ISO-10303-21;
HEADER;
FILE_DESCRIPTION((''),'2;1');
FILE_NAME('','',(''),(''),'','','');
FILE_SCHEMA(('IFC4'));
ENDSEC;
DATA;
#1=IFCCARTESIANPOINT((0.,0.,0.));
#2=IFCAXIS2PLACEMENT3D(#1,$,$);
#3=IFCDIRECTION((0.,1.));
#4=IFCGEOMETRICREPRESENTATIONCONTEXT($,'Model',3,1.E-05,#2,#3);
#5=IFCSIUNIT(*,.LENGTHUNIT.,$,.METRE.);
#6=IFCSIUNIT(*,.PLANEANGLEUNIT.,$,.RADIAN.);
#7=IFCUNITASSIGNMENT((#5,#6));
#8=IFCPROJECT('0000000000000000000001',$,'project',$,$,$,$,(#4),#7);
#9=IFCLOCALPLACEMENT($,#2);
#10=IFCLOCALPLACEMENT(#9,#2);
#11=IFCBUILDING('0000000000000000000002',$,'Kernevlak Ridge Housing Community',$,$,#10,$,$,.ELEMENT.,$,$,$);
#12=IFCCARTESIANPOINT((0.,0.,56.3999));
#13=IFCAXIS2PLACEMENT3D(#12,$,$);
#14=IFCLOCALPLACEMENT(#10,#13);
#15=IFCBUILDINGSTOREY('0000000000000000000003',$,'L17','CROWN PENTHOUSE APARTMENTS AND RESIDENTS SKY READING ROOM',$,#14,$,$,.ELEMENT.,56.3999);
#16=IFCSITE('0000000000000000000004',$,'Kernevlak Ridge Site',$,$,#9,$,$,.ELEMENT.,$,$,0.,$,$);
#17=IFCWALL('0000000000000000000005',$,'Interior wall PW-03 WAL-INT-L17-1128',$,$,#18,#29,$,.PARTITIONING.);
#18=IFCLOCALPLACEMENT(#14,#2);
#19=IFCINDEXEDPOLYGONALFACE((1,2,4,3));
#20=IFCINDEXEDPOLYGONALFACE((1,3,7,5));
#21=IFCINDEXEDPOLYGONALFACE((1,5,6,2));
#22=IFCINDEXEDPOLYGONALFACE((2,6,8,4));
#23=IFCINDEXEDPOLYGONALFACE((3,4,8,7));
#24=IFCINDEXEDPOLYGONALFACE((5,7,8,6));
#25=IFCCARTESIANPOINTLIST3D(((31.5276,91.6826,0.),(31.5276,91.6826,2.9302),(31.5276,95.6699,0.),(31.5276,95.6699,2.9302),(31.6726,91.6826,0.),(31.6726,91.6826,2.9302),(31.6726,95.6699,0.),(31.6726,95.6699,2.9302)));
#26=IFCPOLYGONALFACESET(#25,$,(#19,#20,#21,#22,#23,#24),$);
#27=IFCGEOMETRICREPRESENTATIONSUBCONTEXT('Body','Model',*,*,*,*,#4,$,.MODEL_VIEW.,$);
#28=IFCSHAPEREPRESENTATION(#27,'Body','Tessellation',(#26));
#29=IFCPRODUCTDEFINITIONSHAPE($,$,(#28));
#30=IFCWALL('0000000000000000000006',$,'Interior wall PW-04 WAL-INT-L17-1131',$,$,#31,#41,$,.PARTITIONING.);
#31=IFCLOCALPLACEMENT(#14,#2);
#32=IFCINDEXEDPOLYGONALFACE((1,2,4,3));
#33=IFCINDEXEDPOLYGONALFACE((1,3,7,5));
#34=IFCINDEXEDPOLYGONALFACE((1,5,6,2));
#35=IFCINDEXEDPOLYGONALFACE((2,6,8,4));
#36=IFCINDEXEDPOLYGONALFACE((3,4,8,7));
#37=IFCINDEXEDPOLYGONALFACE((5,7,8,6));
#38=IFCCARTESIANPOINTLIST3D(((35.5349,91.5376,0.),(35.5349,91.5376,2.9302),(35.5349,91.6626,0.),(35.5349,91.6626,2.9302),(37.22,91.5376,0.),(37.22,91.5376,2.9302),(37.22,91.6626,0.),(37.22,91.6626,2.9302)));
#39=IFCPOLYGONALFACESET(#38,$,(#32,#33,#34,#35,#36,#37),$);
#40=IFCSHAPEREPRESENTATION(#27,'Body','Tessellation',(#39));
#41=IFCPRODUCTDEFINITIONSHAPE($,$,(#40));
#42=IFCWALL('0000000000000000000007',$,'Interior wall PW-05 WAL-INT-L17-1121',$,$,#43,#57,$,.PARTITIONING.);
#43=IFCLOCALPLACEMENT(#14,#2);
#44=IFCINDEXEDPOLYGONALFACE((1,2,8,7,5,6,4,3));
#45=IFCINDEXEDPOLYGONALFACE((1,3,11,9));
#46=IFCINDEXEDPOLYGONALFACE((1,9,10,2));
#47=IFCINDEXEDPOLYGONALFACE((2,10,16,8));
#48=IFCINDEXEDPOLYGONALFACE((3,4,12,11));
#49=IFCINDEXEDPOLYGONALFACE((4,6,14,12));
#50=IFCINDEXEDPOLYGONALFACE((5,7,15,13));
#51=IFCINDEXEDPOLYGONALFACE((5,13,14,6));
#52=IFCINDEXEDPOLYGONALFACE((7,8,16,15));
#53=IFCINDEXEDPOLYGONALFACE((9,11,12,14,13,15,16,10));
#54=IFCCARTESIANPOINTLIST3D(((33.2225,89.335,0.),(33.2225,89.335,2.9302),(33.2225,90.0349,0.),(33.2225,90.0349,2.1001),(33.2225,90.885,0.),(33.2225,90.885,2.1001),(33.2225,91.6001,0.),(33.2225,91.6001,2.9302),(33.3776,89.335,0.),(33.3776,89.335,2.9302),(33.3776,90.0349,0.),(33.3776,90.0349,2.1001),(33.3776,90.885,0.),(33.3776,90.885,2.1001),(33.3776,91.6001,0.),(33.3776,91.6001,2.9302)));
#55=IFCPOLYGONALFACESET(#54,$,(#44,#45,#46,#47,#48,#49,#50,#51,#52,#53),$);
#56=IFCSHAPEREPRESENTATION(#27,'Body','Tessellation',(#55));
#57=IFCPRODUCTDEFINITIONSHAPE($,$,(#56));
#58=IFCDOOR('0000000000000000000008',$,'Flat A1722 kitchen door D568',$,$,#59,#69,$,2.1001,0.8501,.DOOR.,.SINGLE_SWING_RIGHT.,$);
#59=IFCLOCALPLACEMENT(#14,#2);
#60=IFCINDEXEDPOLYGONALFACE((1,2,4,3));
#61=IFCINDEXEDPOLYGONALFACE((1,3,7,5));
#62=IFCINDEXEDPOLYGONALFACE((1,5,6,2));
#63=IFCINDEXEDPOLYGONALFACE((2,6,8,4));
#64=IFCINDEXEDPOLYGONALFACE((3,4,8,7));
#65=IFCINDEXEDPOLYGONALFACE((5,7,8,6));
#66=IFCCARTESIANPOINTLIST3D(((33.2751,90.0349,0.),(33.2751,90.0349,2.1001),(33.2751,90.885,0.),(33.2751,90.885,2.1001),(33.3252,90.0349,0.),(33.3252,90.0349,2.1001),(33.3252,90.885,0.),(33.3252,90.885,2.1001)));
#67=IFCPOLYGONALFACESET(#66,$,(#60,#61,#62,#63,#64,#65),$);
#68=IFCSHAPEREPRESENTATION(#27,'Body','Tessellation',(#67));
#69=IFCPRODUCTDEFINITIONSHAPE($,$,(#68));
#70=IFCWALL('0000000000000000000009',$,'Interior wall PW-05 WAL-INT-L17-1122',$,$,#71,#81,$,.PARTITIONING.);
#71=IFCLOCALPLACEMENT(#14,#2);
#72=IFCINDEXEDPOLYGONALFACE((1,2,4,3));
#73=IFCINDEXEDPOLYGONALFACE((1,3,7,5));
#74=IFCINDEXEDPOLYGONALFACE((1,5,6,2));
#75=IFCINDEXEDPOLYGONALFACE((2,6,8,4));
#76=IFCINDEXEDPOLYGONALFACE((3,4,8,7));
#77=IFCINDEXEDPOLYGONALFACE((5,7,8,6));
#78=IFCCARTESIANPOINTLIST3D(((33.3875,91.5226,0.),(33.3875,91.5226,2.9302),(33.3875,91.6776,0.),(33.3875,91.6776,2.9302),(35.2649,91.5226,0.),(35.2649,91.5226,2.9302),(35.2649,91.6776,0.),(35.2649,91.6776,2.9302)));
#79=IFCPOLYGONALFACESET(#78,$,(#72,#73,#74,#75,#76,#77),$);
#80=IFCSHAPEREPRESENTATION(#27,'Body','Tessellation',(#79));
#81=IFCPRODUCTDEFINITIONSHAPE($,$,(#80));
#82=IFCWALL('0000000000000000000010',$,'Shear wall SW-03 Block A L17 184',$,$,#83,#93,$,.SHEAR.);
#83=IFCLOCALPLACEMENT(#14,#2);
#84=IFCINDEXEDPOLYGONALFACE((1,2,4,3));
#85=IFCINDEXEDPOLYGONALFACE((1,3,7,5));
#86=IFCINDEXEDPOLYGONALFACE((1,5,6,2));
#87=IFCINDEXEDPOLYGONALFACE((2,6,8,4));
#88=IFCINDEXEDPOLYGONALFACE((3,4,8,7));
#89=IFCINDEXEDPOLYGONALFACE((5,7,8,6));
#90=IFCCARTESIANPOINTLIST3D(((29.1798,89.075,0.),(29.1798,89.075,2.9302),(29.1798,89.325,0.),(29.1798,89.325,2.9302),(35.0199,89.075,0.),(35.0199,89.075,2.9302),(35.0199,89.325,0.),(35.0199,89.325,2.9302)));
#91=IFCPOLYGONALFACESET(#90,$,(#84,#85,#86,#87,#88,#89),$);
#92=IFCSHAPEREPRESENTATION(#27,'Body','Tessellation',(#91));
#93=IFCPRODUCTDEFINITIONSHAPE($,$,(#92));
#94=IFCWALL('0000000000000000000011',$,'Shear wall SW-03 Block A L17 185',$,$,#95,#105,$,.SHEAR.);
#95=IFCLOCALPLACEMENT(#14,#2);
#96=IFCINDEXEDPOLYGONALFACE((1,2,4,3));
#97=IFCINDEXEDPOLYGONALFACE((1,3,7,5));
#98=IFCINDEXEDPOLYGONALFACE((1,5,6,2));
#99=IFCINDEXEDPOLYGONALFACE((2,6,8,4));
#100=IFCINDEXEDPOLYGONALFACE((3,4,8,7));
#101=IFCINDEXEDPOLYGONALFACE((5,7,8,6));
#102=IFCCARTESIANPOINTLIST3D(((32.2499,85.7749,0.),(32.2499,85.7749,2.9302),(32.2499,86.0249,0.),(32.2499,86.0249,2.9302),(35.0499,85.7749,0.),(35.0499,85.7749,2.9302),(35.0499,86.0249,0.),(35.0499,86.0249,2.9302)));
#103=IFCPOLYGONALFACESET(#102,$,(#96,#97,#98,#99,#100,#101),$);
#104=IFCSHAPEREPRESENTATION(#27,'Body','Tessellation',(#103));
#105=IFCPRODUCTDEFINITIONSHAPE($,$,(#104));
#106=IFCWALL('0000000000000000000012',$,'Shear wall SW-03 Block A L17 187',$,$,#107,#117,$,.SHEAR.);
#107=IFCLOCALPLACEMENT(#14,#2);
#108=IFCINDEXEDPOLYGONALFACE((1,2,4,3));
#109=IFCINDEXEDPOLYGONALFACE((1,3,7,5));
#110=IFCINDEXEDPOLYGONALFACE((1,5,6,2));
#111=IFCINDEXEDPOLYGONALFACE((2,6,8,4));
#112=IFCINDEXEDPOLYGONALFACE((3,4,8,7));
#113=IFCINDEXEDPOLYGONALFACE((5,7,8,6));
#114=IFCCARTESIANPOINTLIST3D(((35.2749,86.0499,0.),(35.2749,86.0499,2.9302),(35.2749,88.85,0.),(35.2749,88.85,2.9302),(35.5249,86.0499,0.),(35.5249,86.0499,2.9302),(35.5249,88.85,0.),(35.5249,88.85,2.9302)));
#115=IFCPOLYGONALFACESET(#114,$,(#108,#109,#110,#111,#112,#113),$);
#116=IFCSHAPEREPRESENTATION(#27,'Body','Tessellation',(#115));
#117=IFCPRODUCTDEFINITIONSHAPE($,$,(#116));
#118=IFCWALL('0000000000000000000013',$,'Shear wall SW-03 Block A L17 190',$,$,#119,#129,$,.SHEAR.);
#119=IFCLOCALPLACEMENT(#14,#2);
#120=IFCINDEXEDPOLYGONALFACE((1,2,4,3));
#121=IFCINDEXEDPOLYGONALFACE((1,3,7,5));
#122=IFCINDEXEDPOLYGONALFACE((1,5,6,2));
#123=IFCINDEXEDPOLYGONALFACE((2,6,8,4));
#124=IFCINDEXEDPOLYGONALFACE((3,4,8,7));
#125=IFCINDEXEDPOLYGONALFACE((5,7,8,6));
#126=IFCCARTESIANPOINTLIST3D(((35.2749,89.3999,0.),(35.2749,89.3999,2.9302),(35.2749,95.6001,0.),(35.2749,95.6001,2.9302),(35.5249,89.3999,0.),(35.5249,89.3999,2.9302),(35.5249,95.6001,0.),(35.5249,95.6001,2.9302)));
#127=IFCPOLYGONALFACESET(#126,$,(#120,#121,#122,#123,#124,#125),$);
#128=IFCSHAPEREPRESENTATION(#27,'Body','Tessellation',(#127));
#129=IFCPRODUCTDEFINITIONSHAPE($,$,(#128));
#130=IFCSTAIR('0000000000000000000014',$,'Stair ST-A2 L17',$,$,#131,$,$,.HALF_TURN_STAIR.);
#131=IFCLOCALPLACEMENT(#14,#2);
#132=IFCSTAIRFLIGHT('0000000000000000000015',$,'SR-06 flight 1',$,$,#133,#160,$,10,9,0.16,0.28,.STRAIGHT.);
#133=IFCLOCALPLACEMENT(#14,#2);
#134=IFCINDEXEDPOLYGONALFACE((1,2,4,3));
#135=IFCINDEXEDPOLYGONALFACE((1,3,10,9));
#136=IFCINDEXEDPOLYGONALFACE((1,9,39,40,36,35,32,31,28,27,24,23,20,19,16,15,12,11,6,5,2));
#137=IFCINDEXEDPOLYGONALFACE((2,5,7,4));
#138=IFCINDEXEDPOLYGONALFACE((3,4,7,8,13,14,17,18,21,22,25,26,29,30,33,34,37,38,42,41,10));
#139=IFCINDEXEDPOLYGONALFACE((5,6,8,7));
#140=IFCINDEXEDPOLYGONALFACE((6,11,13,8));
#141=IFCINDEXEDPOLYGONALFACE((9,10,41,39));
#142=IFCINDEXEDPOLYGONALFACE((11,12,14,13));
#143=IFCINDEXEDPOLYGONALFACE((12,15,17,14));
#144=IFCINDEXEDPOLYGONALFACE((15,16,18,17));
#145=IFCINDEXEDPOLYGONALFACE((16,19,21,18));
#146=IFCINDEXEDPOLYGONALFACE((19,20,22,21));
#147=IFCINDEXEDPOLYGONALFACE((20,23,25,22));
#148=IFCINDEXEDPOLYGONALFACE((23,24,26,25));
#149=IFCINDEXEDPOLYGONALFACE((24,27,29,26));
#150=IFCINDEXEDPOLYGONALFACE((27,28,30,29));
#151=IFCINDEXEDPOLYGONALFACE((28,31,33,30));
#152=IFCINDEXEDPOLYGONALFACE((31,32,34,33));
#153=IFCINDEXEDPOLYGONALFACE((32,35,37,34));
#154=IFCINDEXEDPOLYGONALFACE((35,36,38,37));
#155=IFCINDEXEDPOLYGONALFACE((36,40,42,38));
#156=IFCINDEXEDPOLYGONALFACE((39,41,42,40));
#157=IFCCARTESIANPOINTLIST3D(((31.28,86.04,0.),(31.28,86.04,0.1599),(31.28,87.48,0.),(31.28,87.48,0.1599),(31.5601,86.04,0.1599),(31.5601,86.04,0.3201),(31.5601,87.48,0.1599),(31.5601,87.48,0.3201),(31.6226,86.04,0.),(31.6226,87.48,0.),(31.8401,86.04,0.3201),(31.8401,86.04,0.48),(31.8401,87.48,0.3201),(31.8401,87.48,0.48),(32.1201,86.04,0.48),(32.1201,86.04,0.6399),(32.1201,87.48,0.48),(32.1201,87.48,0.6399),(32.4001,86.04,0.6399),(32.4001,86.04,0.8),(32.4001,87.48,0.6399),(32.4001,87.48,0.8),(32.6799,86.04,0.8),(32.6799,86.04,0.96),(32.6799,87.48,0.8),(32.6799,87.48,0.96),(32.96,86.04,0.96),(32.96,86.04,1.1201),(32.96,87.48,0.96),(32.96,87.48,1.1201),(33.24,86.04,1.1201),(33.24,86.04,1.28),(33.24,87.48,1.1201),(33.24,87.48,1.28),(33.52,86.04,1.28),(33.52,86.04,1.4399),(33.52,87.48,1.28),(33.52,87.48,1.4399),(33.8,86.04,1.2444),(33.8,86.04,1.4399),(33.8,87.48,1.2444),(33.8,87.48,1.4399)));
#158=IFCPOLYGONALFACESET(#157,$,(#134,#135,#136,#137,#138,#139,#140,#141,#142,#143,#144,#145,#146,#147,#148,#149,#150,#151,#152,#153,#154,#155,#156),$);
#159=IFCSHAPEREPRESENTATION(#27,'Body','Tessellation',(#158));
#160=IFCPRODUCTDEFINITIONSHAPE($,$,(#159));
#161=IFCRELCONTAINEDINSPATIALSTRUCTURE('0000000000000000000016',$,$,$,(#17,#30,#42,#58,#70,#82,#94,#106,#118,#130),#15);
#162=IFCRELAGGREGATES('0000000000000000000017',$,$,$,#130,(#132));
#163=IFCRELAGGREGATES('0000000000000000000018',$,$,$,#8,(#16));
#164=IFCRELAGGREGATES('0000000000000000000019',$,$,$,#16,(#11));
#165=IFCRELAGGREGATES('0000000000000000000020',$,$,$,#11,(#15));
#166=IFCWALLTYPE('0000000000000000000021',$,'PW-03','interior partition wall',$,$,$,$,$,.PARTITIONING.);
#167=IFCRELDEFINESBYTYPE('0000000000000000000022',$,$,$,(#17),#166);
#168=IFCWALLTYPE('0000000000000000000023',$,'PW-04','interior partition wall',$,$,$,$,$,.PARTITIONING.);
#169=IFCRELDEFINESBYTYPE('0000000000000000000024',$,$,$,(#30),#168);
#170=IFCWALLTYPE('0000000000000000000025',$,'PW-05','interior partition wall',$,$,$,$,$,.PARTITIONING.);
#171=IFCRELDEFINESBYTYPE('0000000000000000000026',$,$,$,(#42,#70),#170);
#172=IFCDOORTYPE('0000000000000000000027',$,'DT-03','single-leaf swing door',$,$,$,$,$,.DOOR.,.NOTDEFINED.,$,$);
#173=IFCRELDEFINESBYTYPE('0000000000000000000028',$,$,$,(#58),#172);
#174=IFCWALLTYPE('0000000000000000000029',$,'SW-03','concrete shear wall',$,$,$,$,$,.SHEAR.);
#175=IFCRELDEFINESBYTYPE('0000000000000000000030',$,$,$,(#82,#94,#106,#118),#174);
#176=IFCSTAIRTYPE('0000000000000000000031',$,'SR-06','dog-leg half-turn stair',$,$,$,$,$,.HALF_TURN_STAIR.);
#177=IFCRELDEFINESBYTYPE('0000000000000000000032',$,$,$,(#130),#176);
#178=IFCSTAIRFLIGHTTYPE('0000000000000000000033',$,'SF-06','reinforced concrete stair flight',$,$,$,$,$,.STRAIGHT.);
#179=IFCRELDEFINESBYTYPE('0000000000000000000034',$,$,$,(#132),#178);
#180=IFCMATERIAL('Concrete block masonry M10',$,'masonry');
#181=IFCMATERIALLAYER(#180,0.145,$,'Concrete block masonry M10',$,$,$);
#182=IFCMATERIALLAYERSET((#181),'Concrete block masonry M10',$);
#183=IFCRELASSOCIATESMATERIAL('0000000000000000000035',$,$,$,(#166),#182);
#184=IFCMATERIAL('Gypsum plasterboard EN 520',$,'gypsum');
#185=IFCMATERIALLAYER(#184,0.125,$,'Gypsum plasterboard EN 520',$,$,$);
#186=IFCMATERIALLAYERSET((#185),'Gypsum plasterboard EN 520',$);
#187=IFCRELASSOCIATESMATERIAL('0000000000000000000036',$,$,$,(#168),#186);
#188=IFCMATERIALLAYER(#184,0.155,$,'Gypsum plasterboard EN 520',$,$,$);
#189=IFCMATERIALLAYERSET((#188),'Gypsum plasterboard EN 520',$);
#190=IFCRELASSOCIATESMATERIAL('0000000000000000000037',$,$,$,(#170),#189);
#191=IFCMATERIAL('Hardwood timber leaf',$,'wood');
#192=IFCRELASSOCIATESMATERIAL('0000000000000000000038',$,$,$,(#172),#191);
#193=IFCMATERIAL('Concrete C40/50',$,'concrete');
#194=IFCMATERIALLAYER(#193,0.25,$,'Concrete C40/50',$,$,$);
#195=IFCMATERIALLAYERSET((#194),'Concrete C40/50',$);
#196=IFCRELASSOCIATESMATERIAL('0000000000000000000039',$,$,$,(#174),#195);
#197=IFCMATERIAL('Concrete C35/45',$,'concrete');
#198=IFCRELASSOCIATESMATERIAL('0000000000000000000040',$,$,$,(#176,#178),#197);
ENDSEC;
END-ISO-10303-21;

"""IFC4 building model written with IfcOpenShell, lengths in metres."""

from ifc_helpers import new_model, si_unit, direction, frame, frame_2d, origin, place, context, subcontext, project, spatial, polyline, rectangle, outline, extrude, material, layer, layer_set, type_object, element, fill, aggregate, save


model = new_model("IFC4")

# Units and contexts
model_context = context("Model", 3, precision=1e-05, world=origin(), true_north=direction((0.0, 1.0)))
body_context = subcontext(model_context, "Body", "Model", "MODEL_VIEW")
ifc_project = project(units=[si_unit("LENGTHUNIT", "METRE"), si_unit("PLANEANGLEUNIT", "RADIAN")], contexts=[model_context])

# Site, building, storey
site_placement = place(None, origin())
site = spatial("IfcSite", under=ifc_project, at=site_placement, Name="Kernevlak Ridge Site", CompositionType="ELEMENT", RefElevation=0.0)
building_placement = place(site_placement, origin())
building = spatial("IfcBuilding", under=site, at=building_placement, Name="Kernevlak Ridge Housing Community", CompositionType="ELEMENT")
storey_placement = place(building_placement, frame((0.0, 0.0, 56.3999)))
storey = spatial("IfcBuildingStorey", under=building, at=storey_placement, Name="L17", Description="CROWN PENTHOUSE APARTMENTS AND RESIDENTS SKY READING ROOM", CompositionType="ELEMENT", Elevation=56.3999)

# Shared definitions
ifc_material_1 = material(Name="Concrete C35/45", Category="concrete")

# Shared definitions
ifc_material_2 = material(Name="Concrete block masonry M10", Category="masonry")

# Walls
ifc_layer_1 = layer(ifc_material_2, 0.145, Name="Concrete block masonry M10")
ifc_layer_set_1 = layer_set([ifc_layer_1], Name="Concrete block masonry M10")
wall_type_1 = type_object("IfcWallType", Name="PW-03", Description="interior partition wall", PredefinedType="PARTITIONING", material=ifc_layer_set_1)
wall_1_placement = place(storey_placement, frame((31.6001, 91.6826, 0.0), z_axis=(0.0, 0.0, 1.0), x_axis=(0.0, 1.0, 0.0)))
element("IfcWall", 1, at=wall_1_placement, inside=storey, type_object=wall_type_1, Name="Interior wall PW-03 WAL-INT-L17-1128", PredefinedType="PARTITIONING", context=body_context, shape_type="SweptSolid", body=[
    extrude(rectangle(XDim=3.9873, YDim=0.145, at=frame_2d((1.9937, 0.0))), origin(), (0.0, 0.0, 1.0), 2.9302),
])
ifc_material_3 = material(Name="Gypsum plasterboard EN 520", Category="gypsum")
ifc_layer_2 = layer(ifc_material_3, 0.125, Name="Gypsum plasterboard EN 520")
ifc_layer_set_2 = layer_set([ifc_layer_2], Name="Gypsum plasterboard EN 520")
wall_type_2 = type_object("IfcWallType", Name="PW-04", Description="interior partition wall", PredefinedType="PARTITIONING", material=ifc_layer_set_2)
wall_2_placement = place(storey_placement, frame((35.5349, 91.6001, 0.0), z_axis=(0.0, 0.0, 1.0), x_axis=(1.0, 0.0, 0.0)))
element("IfcWall", 2, at=wall_2_placement, inside=storey, type_object=wall_type_2, Name="Interior wall PW-04 WAL-INT-L17-1131", PredefinedType="PARTITIONING", context=body_context, shape_type="SweptSolid", body=[
    extrude(rectangle(XDim=1.6851, YDim=0.125, at=frame_2d((0.8425, 0.0))), origin(), (0.0, 0.0, 1.0), 2.9302),
])

# Wall, opening, door
ifc_layer_3 = layer(ifc_material_3, 0.155, Name="Gypsum plasterboard EN 520")
ifc_layer_set_3 = layer_set([ifc_layer_3], Name="Gypsum plasterboard EN 520")
wall_type_3 = type_object("IfcWallType", Name="PW-05", Description="interior partition wall", PredefinedType="PARTITIONING", material=ifc_layer_set_3)
wall_3_placement = place(storey_placement, frame((33.3, 89.335, 0.0), z_axis=(0.0, 0.0, 1.0), x_axis=(0.0, 1.0, 0.0)))
wall_3 = element("IfcWall", 3, at=wall_3_placement, inside=storey, type_object=wall_type_3, Name="Interior wall PW-05 WAL-INT-L17-1121", PredefinedType="PARTITIONING", context=body_context, shape_type="SweptSolid", body=[
    extrude(rectangle(XDim=2.2651, YDim=0.155, at=frame_2d((1.1326, 0.0))), origin(), (0.0, 0.0, 1.0), 2.9302),
])
opening_1_placement = place(wall_3_placement, frame((0.7, 0.0, 0.0)))
opening_1 = element("IfcOpeningElement", 4, at=opening_1_placement, cuts=wall_3, PredefinedType="OPENING", context=body_context, shape_type="SweptSolid", body=[
    extrude(rectangle(XDim=0.8501, YDim=2.1001, at=frame_2d((0.425, 1.05))), frame((0.0, 0.0874, 0.0), z_axis=(0.0, -1.0, 0.0), x_axis=(1.0, 0.0, 0.0)), (0.0, 0.0, 1.0), 0.175),
])
ifc_material_4 = material(Name="Hardwood timber leaf", Category="wood")
door_type_1 = type_object("IfcDoorType", Name="DT-03", Description="single-leaf swing door", OperationType="NOTDEFINED", PredefinedType="DOOR", material=ifc_material_4)
door_1_placement = place(opening_1_placement, origin())
door_1 = element("IfcDoor", 5, at=door_1_placement, inside=storey, type_object=door_type_1, Name="Flat A1722 kitchen door D568", OperationType="SINGLE_SWING_RIGHT", OverallHeight=2.1001, OverallWidth=0.8501, PredefinedType="DOOR", context=body_context, shape_type="SweptSolid", body=[
    extrude(rectangle(XDim=0.8501, YDim=2.1001, at=frame_2d((0.425, 1.05))), frame((0.0, 0.0249, 0.0), z_axis=(0.0, -1.0, 0.0), x_axis=(1.0, 0.0, 0.0)), (0.0, 0.0, 1.0), 0.05),
])
fill(opening_1, door_1)

# Walls
wall_4_placement = place(storey_placement, frame((33.3875, 91.6001, 0.0), z_axis=(0.0, 0.0, 1.0), x_axis=(1.0, 0.0, 0.0)))
element("IfcWall", 6, at=wall_4_placement, inside=storey, type_object=wall_type_3, Name="Interior wall PW-05 WAL-INT-L17-1122", PredefinedType="PARTITIONING", context=body_context, shape_type="SweptSolid", body=[
    extrude(rectangle(XDim=1.8774, YDim=0.155, at=frame_2d((0.9387, 0.0))), origin(), (0.0, 0.0, 1.0), 2.9302),
])
ifc_material_5 = material(Name="Concrete C40/50", Category="concrete")
ifc_layer_4 = layer(ifc_material_5, 0.25, Name="Concrete C40/50")
ifc_layer_set_4 = layer_set([ifc_layer_4], Name="Concrete C40/50")
wall_type_4 = type_object("IfcWallType", Name="SW-03", Description="concrete shear wall", PredefinedType="SHEAR", material=ifc_layer_set_4)
wall_5_placement = place(storey_placement, frame((29.1799, 89.2, 0.0), z_axis=(0.0, 0.0, 1.0), x_axis=(1.0, 0.0, 0.0)))
element("IfcWall", 7, at=wall_5_placement, inside=storey, type_object=wall_type_4, Name="Shear wall SW-03 Block A L17 184", PredefinedType="SHEAR", context=body_context, shape_type="SweptSolid", body=[
    extrude(rectangle(XDim=5.8401, YDim=0.25, at=frame_2d((2.9199, 0.0))), origin(), (0.0, 0.0, 1.0), 2.9302),
])
for number, where, z_axis, x_axis, name in (
    (8, (32.25, 85.8999, 0.0), (0.0, 0.0, 1.0), (1.0, 0.0, 0.0), "Shear wall SW-03 Block A L17 185"),
    (9, (35.3999, 86.05, 0.0), (0.0, 0.0, 1.0), (0.0, 1.0, 0.0), "Shear wall SW-03 Block A L17 187"),
):
    element("IfcWall", number, at=place(storey_placement, frame(where, z_axis=z_axis, x_axis=x_axis)), inside=storey, type_object=wall_type_4, Name=name, PredefinedType="SHEAR", context=body_context, shape_type="SweptSolid", body=[
        extrude(rectangle(XDim=2.8, YDim=0.25, at=frame_2d((1.3999, 0.0))), origin(), (0.0, 0.0, 1.0), 2.9302),
    ])
wall_6_placement = place(storey_placement, frame((35.3999, 89.3999, 0.0), z_axis=(0.0, 0.0, 1.0), x_axis=(0.0, 1.0, 0.0)))
element("IfcWall", 10, at=wall_6_placement, inside=storey, type_object=wall_type_4, Name="Shear wall SW-03 Block A L17 190", PredefinedType="SHEAR", context=body_context, shape_type="SweptSolid", body=[
    extrude(rectangle(XDim=6.2002, YDim=0.25, at=frame_2d((3.1001, 0.0))), origin(), (0.0, 0.0, 1.0), 2.9302),
])

# Stair, stair flight
stair_type = type_object("IfcStairType", Name="SR-06", Description="dog-leg half-turn stair", PredefinedType="HALF_TURN_STAIR", material=ifc_material_1)
stair_placement = place(storey_placement, origin())
stair = element("IfcStair", 11, at=stair_placement, inside=storey, type_object=stair_type, Name="Stair ST-A2 L17", PredefinedType="HALF_TURN_STAIR")
stair_flight_type = type_object("IfcStairFlightType", Name="SF-06", Description="reinforced concrete stair flight", PredefinedType="STRAIGHT", material=ifc_material_1)
stair_flight_1_placement = place(storey_placement, frame((31.28, 86.76, 0.0), z_axis=(0.0, 0.0, 1.0), x_axis=(1.0, 0.0, 0.0)))
stair_flight_1 = element("IfcStairFlight", 12, at=stair_flight_1_placement, type_object=stair_flight_type, Name="SR-06 flight 1", NumberOfRisers=10, NumberOfTreads=9, PredefinedType="STRAIGHT", RiserHeight=0.16, TreadLength=0.28, context=body_context, shape_type="SweptSolid", body=[
    extrude(outline(polyline([(0.0, 0.0), (0.0, 0.1599), (0.28, 0.1599), (0.28, 0.3201), (0.5601, 0.3201), (0.5601, 0.48), (0.8401, 0.48), (0.8401, 0.6399), (1.1201, 0.6399), (1.1201, 0.8), (1.3999, 0.8), (1.3999, 0.96), (1.6799, 0.96), (1.6799, 1.1201), (1.96, 1.1201), (1.96, 1.28), (2.24, 1.28), (2.24, 1.4399), (2.52, 1.4399), (2.52, 1.6001), (2.52, 1.2444), (0.3425, 0.0), (0.0, 0.0)])), frame((0.0, 0.72, 0.0), z_axis=(0.0, -1.0, 0.0), x_axis=(1.0, 0.0, 0.0)), (0.0, 0.0, 1.0), 1.4399),
])
aggregate(stair, [stair_flight_1])

save(model, "model.ifc")
